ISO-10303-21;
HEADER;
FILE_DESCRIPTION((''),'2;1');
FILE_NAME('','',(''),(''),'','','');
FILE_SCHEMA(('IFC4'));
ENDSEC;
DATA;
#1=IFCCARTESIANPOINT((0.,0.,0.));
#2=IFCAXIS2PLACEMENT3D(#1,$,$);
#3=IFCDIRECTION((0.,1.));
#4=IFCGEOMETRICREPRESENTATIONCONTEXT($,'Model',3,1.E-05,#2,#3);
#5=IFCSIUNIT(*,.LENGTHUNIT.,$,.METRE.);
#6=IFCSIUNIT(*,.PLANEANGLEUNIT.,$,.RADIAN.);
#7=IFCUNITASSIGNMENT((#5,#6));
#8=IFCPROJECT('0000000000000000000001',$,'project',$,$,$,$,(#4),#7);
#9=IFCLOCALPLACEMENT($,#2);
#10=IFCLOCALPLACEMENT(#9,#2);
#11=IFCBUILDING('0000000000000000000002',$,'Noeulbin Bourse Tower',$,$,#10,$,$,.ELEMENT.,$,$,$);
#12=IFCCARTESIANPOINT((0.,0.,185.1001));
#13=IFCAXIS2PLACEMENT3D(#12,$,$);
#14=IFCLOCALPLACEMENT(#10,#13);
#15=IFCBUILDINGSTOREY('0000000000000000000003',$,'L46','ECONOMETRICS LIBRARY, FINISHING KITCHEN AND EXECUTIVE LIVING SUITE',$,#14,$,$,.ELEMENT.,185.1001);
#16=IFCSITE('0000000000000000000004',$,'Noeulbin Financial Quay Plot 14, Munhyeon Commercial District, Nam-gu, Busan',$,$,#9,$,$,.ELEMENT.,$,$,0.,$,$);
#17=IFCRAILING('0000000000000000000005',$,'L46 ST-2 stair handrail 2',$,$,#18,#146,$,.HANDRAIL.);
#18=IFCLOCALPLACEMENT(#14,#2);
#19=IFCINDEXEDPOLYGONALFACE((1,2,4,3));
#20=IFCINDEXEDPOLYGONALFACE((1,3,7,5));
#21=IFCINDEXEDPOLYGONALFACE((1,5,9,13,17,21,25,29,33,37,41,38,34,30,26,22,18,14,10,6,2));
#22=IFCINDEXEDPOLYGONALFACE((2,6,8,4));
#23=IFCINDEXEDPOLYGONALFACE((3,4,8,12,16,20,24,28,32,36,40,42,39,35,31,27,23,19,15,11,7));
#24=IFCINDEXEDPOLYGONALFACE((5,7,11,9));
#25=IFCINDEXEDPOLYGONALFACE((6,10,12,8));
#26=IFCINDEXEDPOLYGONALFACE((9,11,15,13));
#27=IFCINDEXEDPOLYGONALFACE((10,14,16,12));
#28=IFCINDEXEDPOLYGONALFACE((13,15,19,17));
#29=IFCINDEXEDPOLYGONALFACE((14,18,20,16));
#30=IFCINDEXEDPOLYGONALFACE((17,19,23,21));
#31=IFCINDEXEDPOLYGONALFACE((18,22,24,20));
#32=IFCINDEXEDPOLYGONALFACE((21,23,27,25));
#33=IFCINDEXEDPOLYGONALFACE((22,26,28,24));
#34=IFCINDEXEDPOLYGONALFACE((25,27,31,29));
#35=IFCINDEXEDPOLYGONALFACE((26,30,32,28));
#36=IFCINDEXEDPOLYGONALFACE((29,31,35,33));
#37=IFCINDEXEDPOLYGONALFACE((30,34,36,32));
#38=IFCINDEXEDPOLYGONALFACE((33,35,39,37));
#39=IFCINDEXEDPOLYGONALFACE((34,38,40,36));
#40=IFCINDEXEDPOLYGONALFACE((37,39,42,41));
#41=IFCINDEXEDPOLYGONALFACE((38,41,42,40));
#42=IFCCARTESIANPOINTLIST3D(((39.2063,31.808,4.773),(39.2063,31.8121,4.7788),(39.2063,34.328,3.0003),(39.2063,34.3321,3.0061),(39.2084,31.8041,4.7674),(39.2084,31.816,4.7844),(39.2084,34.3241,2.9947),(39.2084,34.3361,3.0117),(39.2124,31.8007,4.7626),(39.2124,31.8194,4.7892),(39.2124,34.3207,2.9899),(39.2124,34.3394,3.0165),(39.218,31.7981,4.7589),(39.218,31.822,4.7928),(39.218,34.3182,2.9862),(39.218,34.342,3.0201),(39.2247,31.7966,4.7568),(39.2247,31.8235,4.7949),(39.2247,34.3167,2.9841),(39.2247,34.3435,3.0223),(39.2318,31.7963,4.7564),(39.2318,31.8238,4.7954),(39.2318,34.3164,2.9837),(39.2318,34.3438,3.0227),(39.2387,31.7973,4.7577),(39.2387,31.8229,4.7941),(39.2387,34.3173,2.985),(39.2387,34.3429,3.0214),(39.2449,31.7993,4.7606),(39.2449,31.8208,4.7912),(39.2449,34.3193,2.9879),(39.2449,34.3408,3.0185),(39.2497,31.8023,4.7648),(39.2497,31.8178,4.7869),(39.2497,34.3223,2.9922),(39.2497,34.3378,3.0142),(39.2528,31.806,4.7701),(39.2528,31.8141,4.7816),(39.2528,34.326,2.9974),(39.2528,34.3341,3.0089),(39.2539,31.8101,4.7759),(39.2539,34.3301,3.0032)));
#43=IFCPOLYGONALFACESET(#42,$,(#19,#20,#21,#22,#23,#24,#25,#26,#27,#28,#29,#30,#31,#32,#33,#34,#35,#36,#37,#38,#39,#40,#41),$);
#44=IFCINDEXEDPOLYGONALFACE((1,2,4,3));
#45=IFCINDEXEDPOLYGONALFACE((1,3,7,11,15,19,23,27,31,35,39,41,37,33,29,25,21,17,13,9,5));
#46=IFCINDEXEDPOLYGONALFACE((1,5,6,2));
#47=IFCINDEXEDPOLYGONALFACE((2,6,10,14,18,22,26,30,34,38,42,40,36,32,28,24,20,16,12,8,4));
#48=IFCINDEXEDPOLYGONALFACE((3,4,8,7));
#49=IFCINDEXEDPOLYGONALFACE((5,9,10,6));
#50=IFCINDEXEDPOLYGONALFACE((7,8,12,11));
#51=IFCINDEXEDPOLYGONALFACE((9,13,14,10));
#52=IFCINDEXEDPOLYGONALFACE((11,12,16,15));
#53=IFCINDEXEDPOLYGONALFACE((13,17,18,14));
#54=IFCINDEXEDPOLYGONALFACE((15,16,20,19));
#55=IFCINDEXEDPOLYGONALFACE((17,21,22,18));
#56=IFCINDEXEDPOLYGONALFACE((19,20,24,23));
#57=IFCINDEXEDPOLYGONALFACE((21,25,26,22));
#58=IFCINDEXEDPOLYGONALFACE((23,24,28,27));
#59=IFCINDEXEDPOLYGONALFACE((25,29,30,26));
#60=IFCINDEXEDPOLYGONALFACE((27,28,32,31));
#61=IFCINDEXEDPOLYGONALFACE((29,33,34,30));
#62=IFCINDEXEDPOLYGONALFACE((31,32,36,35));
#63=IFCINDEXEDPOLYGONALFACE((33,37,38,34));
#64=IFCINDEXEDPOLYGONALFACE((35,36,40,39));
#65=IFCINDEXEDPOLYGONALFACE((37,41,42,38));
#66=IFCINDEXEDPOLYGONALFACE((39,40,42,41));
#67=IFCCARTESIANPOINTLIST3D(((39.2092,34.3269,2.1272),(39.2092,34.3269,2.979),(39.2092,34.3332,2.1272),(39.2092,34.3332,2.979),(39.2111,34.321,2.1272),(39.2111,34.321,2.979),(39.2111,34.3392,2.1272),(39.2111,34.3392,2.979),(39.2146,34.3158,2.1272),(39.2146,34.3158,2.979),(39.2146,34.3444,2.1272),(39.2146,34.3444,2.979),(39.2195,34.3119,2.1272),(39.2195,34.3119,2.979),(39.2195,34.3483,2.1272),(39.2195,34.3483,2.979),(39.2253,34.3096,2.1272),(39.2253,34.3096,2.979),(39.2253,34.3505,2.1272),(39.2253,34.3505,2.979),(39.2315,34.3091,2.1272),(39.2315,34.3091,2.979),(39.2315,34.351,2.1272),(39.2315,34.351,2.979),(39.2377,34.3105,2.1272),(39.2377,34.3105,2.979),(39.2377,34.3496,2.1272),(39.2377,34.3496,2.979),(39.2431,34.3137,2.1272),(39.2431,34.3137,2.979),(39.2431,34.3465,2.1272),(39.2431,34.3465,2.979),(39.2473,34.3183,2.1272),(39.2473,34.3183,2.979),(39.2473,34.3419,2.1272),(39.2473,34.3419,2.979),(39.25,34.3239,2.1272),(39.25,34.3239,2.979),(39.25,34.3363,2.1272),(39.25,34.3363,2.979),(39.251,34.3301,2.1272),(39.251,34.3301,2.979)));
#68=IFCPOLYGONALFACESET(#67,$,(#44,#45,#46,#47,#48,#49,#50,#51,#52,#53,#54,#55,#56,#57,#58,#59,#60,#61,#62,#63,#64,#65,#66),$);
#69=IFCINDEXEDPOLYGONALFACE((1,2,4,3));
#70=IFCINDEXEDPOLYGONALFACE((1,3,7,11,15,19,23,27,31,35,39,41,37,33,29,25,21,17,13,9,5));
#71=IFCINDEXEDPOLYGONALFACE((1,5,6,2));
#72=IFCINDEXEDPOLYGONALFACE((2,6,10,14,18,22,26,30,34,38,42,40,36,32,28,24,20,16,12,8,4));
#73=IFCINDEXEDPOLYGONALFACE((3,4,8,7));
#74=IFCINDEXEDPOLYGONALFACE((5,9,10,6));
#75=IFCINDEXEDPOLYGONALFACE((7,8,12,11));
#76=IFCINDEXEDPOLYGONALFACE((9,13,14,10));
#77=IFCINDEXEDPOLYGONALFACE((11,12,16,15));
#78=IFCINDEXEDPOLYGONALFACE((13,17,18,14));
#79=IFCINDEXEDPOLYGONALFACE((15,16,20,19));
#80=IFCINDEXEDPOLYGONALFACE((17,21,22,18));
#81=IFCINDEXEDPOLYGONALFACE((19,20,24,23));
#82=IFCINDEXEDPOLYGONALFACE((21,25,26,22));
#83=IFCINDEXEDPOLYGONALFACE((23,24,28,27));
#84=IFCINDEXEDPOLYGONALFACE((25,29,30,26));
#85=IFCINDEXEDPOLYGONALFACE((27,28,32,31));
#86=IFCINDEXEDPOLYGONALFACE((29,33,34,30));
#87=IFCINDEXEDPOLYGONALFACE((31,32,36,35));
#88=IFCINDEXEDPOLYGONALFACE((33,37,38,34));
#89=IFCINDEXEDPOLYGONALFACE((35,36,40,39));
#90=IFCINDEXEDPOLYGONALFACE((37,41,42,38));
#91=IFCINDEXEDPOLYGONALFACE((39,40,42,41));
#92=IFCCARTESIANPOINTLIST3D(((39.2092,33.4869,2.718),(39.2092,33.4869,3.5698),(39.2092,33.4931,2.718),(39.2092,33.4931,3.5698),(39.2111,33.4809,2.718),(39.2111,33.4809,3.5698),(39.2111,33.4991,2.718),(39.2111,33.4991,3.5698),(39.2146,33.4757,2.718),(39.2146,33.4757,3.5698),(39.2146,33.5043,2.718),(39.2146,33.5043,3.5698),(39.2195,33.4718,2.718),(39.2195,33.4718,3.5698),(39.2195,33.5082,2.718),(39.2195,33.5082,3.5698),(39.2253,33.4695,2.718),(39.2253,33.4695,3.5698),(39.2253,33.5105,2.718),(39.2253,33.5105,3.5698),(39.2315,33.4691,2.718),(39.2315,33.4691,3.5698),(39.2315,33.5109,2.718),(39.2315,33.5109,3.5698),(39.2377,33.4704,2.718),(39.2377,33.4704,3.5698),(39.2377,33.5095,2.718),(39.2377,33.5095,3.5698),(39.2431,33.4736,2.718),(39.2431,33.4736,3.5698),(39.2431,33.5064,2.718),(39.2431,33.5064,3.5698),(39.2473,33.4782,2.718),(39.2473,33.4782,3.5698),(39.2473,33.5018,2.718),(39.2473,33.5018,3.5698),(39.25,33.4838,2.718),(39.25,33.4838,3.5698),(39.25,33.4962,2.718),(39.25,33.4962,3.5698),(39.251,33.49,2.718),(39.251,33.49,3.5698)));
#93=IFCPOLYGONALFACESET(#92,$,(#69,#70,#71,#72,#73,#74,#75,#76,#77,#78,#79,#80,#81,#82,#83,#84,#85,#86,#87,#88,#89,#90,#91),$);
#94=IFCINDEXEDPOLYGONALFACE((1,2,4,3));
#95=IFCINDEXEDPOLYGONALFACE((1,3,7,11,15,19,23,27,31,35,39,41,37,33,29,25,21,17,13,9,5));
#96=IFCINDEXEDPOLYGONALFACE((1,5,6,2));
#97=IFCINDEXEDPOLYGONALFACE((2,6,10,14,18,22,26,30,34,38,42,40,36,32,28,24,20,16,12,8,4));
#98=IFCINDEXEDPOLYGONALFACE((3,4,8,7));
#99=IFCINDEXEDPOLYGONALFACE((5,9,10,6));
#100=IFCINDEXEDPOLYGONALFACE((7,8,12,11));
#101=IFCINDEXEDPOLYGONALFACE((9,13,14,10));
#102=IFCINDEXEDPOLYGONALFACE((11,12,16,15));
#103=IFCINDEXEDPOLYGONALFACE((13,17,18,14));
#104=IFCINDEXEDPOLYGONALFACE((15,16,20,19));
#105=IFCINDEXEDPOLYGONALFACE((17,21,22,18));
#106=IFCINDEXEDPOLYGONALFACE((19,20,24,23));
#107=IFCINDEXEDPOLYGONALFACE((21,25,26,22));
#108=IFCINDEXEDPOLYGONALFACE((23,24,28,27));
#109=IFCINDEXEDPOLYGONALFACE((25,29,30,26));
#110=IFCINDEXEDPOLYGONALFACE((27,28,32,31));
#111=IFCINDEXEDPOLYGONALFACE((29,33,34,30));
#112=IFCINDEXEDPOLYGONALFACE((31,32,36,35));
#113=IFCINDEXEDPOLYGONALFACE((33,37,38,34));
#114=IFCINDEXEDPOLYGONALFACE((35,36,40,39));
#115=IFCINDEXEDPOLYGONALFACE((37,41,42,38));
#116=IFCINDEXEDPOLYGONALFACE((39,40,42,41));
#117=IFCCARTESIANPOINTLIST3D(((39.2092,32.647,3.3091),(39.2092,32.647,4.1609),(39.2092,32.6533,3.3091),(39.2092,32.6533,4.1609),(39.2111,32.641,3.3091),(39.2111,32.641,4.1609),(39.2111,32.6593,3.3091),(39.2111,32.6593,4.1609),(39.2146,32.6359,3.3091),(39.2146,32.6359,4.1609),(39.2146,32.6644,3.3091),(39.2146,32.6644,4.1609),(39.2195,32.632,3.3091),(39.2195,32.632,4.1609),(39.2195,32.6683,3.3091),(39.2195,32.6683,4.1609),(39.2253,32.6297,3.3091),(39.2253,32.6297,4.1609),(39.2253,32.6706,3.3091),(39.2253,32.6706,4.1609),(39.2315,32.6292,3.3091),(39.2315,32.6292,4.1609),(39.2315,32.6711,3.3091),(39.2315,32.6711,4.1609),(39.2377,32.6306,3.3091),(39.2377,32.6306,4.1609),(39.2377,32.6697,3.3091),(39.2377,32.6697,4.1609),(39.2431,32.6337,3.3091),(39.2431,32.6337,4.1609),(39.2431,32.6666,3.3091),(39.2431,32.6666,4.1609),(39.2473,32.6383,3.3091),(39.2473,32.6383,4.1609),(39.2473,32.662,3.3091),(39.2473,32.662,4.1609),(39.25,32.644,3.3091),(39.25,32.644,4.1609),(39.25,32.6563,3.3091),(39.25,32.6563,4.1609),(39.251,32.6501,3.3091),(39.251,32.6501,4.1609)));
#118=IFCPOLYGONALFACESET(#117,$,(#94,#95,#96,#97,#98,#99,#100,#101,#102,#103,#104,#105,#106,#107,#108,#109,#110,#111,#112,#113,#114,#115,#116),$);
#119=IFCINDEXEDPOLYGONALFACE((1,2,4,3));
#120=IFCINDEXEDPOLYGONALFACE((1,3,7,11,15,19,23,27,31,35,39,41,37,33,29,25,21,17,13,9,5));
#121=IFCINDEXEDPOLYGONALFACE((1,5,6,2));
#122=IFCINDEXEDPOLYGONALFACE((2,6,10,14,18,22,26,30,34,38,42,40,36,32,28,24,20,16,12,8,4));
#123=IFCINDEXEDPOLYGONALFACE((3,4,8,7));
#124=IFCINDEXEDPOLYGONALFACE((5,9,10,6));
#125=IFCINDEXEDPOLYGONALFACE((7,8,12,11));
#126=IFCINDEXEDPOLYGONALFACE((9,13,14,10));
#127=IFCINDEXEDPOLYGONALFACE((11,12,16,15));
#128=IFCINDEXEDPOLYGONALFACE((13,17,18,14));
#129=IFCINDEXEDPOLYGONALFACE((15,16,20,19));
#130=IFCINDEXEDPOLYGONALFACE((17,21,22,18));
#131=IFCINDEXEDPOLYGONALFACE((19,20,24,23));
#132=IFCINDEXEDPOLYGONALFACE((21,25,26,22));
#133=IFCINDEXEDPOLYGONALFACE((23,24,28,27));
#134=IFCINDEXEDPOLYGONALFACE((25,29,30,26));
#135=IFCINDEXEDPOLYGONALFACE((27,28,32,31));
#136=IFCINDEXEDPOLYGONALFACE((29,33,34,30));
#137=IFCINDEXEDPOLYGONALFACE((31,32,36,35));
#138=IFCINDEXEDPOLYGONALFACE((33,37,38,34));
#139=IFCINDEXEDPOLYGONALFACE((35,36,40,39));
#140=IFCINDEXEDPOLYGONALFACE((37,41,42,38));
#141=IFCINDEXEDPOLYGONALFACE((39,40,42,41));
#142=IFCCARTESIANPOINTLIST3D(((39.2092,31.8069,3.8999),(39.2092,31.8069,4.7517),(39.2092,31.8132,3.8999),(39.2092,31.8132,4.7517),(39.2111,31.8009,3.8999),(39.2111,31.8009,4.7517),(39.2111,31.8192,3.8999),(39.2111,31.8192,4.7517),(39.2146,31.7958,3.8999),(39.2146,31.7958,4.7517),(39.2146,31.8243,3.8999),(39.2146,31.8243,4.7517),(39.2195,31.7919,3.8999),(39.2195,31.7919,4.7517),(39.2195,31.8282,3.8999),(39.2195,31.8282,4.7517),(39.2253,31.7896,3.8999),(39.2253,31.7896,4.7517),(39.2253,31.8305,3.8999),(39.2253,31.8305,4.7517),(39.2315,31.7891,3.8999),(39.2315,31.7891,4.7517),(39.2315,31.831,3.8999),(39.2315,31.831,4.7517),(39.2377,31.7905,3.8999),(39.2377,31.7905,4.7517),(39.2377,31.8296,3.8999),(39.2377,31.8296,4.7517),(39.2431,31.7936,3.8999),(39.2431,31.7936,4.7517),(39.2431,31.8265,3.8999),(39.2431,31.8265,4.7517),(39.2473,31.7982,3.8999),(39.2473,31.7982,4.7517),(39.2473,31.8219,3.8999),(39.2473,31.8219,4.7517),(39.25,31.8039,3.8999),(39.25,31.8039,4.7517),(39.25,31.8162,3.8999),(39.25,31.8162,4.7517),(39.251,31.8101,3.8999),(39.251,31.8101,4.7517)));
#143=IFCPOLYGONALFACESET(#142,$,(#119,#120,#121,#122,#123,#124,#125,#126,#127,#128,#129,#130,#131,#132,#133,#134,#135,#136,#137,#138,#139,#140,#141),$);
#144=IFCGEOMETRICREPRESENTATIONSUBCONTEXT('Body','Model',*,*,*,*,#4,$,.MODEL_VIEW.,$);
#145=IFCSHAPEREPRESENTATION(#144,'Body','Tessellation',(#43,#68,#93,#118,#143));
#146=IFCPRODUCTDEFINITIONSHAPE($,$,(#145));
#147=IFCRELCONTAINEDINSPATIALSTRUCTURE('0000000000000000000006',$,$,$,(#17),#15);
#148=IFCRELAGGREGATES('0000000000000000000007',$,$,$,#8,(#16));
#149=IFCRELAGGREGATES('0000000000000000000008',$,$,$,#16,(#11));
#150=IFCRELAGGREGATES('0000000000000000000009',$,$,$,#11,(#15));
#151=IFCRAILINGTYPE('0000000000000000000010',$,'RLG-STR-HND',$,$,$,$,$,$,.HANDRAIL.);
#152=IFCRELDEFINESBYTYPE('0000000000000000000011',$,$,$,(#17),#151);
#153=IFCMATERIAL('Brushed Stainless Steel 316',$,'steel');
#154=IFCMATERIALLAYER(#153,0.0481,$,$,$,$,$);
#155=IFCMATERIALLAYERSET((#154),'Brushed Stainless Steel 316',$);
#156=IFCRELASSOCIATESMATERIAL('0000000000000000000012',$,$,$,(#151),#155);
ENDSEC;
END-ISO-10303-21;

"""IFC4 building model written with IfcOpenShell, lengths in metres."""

from ifc_helpers import new_model, si_unit, direction, frame, origin, origin_2d, place, context, subcontext, project, spatial, circle, extrude, material, layer, layer_set, type_object, element, save


model = new_model("IFC4")

# Units and contexts
model_context = context("Model", 3, precision=1e-05, world=origin(), true_north=direction((0.0, 1.0)))
body_context = subcontext(model_context, "Body", "Model", "MODEL_VIEW")
ifc_project = project(units=[si_unit("LENGTHUNIT", "METRE"), si_unit("PLANEANGLEUNIT", "RADIAN")], contexts=[model_context])

# Site, building, storey
site_placement = place(None, origin())
site = spatial("IfcSite", under=ifc_project, at=site_placement, Name="Noeulbin Financial Quay Plot 14, Munhyeon Commercial District, Nam-gu, Busan", CompositionType="ELEMENT", RefElevation=0.0)
building_placement = place(site_placement, origin())
building = spatial("IfcBuilding", under=site, at=building_placement, Name="Noeulbin Bourse Tower", CompositionType="ELEMENT")
storey_placement = place(building_placement, frame((0.0, 0.0, 185.1001)))
storey = spatial("IfcBuildingStorey", under=building, at=storey_placement, Name="L46", Description="ECONOMETRICS LIBRARY, FINISHING KITCHEN AND EXECUTIVE LIVING SUITE", CompositionType="ELEMENT", Elevation=185.1001)

# Shared definitions
ifc_material_1 = material(Name="Brushed Stainless Steel 316", Category="steel")

# Railing
ifc_layer_1 = layer(ifc_material_1, 0.0481)
ifc_layer_set_1 = layer_set([ifc_layer_1], Name="Brushed Stainless Steel 316")
railing_type_1 = type_object("IfcRailingType", Name="RLG-STR-HND", PredefinedType="HANDRAIL", material=ifc_layer_set_1)
railing_1_placement = place(storey_placement, frame((39.23, 34.3301, 2.1272)))
element("IfcRailing", 1, at=railing_1_placement, inside=storey, type_object=railing_type_1, Name="L46 ST-2 stair handrail 2", PredefinedType="HANDRAIL", context=body_context, shape_type="SweptSolid", body=[
    extrude(circle(Radius=0.0239, at=origin_2d()), frame((0.0, 0.0, 0.876), z_axis=(0.0, -0.817904, 0.575354), x_axis=(1.0, 0.0, 0.0)), (0.0, 0.0, 1.0), 3.0811),
    extrude(circle(Radius=0.021, at=origin_2d()), origin(), (0.0, 0.0, 1.0), 0.8518),
    extrude(circle(Radius=0.021, at=origin_2d()), frame((0.0, -0.8401, 0.5908)), (0.0, 0.0, 1.0), 0.8518),
    extrude(circle(Radius=0.021, at=origin_2d()), frame((0.0, -1.6799, 1.1819)), (0.0, 0.0, 1.0), 0.8518),
    extrude(circle(Radius=0.021, at=origin_2d()), frame((0.0, -2.52, 1.7727)), (0.0, 0.0, 1.0), 0.8518),
])

save(model, "model.ifc")
